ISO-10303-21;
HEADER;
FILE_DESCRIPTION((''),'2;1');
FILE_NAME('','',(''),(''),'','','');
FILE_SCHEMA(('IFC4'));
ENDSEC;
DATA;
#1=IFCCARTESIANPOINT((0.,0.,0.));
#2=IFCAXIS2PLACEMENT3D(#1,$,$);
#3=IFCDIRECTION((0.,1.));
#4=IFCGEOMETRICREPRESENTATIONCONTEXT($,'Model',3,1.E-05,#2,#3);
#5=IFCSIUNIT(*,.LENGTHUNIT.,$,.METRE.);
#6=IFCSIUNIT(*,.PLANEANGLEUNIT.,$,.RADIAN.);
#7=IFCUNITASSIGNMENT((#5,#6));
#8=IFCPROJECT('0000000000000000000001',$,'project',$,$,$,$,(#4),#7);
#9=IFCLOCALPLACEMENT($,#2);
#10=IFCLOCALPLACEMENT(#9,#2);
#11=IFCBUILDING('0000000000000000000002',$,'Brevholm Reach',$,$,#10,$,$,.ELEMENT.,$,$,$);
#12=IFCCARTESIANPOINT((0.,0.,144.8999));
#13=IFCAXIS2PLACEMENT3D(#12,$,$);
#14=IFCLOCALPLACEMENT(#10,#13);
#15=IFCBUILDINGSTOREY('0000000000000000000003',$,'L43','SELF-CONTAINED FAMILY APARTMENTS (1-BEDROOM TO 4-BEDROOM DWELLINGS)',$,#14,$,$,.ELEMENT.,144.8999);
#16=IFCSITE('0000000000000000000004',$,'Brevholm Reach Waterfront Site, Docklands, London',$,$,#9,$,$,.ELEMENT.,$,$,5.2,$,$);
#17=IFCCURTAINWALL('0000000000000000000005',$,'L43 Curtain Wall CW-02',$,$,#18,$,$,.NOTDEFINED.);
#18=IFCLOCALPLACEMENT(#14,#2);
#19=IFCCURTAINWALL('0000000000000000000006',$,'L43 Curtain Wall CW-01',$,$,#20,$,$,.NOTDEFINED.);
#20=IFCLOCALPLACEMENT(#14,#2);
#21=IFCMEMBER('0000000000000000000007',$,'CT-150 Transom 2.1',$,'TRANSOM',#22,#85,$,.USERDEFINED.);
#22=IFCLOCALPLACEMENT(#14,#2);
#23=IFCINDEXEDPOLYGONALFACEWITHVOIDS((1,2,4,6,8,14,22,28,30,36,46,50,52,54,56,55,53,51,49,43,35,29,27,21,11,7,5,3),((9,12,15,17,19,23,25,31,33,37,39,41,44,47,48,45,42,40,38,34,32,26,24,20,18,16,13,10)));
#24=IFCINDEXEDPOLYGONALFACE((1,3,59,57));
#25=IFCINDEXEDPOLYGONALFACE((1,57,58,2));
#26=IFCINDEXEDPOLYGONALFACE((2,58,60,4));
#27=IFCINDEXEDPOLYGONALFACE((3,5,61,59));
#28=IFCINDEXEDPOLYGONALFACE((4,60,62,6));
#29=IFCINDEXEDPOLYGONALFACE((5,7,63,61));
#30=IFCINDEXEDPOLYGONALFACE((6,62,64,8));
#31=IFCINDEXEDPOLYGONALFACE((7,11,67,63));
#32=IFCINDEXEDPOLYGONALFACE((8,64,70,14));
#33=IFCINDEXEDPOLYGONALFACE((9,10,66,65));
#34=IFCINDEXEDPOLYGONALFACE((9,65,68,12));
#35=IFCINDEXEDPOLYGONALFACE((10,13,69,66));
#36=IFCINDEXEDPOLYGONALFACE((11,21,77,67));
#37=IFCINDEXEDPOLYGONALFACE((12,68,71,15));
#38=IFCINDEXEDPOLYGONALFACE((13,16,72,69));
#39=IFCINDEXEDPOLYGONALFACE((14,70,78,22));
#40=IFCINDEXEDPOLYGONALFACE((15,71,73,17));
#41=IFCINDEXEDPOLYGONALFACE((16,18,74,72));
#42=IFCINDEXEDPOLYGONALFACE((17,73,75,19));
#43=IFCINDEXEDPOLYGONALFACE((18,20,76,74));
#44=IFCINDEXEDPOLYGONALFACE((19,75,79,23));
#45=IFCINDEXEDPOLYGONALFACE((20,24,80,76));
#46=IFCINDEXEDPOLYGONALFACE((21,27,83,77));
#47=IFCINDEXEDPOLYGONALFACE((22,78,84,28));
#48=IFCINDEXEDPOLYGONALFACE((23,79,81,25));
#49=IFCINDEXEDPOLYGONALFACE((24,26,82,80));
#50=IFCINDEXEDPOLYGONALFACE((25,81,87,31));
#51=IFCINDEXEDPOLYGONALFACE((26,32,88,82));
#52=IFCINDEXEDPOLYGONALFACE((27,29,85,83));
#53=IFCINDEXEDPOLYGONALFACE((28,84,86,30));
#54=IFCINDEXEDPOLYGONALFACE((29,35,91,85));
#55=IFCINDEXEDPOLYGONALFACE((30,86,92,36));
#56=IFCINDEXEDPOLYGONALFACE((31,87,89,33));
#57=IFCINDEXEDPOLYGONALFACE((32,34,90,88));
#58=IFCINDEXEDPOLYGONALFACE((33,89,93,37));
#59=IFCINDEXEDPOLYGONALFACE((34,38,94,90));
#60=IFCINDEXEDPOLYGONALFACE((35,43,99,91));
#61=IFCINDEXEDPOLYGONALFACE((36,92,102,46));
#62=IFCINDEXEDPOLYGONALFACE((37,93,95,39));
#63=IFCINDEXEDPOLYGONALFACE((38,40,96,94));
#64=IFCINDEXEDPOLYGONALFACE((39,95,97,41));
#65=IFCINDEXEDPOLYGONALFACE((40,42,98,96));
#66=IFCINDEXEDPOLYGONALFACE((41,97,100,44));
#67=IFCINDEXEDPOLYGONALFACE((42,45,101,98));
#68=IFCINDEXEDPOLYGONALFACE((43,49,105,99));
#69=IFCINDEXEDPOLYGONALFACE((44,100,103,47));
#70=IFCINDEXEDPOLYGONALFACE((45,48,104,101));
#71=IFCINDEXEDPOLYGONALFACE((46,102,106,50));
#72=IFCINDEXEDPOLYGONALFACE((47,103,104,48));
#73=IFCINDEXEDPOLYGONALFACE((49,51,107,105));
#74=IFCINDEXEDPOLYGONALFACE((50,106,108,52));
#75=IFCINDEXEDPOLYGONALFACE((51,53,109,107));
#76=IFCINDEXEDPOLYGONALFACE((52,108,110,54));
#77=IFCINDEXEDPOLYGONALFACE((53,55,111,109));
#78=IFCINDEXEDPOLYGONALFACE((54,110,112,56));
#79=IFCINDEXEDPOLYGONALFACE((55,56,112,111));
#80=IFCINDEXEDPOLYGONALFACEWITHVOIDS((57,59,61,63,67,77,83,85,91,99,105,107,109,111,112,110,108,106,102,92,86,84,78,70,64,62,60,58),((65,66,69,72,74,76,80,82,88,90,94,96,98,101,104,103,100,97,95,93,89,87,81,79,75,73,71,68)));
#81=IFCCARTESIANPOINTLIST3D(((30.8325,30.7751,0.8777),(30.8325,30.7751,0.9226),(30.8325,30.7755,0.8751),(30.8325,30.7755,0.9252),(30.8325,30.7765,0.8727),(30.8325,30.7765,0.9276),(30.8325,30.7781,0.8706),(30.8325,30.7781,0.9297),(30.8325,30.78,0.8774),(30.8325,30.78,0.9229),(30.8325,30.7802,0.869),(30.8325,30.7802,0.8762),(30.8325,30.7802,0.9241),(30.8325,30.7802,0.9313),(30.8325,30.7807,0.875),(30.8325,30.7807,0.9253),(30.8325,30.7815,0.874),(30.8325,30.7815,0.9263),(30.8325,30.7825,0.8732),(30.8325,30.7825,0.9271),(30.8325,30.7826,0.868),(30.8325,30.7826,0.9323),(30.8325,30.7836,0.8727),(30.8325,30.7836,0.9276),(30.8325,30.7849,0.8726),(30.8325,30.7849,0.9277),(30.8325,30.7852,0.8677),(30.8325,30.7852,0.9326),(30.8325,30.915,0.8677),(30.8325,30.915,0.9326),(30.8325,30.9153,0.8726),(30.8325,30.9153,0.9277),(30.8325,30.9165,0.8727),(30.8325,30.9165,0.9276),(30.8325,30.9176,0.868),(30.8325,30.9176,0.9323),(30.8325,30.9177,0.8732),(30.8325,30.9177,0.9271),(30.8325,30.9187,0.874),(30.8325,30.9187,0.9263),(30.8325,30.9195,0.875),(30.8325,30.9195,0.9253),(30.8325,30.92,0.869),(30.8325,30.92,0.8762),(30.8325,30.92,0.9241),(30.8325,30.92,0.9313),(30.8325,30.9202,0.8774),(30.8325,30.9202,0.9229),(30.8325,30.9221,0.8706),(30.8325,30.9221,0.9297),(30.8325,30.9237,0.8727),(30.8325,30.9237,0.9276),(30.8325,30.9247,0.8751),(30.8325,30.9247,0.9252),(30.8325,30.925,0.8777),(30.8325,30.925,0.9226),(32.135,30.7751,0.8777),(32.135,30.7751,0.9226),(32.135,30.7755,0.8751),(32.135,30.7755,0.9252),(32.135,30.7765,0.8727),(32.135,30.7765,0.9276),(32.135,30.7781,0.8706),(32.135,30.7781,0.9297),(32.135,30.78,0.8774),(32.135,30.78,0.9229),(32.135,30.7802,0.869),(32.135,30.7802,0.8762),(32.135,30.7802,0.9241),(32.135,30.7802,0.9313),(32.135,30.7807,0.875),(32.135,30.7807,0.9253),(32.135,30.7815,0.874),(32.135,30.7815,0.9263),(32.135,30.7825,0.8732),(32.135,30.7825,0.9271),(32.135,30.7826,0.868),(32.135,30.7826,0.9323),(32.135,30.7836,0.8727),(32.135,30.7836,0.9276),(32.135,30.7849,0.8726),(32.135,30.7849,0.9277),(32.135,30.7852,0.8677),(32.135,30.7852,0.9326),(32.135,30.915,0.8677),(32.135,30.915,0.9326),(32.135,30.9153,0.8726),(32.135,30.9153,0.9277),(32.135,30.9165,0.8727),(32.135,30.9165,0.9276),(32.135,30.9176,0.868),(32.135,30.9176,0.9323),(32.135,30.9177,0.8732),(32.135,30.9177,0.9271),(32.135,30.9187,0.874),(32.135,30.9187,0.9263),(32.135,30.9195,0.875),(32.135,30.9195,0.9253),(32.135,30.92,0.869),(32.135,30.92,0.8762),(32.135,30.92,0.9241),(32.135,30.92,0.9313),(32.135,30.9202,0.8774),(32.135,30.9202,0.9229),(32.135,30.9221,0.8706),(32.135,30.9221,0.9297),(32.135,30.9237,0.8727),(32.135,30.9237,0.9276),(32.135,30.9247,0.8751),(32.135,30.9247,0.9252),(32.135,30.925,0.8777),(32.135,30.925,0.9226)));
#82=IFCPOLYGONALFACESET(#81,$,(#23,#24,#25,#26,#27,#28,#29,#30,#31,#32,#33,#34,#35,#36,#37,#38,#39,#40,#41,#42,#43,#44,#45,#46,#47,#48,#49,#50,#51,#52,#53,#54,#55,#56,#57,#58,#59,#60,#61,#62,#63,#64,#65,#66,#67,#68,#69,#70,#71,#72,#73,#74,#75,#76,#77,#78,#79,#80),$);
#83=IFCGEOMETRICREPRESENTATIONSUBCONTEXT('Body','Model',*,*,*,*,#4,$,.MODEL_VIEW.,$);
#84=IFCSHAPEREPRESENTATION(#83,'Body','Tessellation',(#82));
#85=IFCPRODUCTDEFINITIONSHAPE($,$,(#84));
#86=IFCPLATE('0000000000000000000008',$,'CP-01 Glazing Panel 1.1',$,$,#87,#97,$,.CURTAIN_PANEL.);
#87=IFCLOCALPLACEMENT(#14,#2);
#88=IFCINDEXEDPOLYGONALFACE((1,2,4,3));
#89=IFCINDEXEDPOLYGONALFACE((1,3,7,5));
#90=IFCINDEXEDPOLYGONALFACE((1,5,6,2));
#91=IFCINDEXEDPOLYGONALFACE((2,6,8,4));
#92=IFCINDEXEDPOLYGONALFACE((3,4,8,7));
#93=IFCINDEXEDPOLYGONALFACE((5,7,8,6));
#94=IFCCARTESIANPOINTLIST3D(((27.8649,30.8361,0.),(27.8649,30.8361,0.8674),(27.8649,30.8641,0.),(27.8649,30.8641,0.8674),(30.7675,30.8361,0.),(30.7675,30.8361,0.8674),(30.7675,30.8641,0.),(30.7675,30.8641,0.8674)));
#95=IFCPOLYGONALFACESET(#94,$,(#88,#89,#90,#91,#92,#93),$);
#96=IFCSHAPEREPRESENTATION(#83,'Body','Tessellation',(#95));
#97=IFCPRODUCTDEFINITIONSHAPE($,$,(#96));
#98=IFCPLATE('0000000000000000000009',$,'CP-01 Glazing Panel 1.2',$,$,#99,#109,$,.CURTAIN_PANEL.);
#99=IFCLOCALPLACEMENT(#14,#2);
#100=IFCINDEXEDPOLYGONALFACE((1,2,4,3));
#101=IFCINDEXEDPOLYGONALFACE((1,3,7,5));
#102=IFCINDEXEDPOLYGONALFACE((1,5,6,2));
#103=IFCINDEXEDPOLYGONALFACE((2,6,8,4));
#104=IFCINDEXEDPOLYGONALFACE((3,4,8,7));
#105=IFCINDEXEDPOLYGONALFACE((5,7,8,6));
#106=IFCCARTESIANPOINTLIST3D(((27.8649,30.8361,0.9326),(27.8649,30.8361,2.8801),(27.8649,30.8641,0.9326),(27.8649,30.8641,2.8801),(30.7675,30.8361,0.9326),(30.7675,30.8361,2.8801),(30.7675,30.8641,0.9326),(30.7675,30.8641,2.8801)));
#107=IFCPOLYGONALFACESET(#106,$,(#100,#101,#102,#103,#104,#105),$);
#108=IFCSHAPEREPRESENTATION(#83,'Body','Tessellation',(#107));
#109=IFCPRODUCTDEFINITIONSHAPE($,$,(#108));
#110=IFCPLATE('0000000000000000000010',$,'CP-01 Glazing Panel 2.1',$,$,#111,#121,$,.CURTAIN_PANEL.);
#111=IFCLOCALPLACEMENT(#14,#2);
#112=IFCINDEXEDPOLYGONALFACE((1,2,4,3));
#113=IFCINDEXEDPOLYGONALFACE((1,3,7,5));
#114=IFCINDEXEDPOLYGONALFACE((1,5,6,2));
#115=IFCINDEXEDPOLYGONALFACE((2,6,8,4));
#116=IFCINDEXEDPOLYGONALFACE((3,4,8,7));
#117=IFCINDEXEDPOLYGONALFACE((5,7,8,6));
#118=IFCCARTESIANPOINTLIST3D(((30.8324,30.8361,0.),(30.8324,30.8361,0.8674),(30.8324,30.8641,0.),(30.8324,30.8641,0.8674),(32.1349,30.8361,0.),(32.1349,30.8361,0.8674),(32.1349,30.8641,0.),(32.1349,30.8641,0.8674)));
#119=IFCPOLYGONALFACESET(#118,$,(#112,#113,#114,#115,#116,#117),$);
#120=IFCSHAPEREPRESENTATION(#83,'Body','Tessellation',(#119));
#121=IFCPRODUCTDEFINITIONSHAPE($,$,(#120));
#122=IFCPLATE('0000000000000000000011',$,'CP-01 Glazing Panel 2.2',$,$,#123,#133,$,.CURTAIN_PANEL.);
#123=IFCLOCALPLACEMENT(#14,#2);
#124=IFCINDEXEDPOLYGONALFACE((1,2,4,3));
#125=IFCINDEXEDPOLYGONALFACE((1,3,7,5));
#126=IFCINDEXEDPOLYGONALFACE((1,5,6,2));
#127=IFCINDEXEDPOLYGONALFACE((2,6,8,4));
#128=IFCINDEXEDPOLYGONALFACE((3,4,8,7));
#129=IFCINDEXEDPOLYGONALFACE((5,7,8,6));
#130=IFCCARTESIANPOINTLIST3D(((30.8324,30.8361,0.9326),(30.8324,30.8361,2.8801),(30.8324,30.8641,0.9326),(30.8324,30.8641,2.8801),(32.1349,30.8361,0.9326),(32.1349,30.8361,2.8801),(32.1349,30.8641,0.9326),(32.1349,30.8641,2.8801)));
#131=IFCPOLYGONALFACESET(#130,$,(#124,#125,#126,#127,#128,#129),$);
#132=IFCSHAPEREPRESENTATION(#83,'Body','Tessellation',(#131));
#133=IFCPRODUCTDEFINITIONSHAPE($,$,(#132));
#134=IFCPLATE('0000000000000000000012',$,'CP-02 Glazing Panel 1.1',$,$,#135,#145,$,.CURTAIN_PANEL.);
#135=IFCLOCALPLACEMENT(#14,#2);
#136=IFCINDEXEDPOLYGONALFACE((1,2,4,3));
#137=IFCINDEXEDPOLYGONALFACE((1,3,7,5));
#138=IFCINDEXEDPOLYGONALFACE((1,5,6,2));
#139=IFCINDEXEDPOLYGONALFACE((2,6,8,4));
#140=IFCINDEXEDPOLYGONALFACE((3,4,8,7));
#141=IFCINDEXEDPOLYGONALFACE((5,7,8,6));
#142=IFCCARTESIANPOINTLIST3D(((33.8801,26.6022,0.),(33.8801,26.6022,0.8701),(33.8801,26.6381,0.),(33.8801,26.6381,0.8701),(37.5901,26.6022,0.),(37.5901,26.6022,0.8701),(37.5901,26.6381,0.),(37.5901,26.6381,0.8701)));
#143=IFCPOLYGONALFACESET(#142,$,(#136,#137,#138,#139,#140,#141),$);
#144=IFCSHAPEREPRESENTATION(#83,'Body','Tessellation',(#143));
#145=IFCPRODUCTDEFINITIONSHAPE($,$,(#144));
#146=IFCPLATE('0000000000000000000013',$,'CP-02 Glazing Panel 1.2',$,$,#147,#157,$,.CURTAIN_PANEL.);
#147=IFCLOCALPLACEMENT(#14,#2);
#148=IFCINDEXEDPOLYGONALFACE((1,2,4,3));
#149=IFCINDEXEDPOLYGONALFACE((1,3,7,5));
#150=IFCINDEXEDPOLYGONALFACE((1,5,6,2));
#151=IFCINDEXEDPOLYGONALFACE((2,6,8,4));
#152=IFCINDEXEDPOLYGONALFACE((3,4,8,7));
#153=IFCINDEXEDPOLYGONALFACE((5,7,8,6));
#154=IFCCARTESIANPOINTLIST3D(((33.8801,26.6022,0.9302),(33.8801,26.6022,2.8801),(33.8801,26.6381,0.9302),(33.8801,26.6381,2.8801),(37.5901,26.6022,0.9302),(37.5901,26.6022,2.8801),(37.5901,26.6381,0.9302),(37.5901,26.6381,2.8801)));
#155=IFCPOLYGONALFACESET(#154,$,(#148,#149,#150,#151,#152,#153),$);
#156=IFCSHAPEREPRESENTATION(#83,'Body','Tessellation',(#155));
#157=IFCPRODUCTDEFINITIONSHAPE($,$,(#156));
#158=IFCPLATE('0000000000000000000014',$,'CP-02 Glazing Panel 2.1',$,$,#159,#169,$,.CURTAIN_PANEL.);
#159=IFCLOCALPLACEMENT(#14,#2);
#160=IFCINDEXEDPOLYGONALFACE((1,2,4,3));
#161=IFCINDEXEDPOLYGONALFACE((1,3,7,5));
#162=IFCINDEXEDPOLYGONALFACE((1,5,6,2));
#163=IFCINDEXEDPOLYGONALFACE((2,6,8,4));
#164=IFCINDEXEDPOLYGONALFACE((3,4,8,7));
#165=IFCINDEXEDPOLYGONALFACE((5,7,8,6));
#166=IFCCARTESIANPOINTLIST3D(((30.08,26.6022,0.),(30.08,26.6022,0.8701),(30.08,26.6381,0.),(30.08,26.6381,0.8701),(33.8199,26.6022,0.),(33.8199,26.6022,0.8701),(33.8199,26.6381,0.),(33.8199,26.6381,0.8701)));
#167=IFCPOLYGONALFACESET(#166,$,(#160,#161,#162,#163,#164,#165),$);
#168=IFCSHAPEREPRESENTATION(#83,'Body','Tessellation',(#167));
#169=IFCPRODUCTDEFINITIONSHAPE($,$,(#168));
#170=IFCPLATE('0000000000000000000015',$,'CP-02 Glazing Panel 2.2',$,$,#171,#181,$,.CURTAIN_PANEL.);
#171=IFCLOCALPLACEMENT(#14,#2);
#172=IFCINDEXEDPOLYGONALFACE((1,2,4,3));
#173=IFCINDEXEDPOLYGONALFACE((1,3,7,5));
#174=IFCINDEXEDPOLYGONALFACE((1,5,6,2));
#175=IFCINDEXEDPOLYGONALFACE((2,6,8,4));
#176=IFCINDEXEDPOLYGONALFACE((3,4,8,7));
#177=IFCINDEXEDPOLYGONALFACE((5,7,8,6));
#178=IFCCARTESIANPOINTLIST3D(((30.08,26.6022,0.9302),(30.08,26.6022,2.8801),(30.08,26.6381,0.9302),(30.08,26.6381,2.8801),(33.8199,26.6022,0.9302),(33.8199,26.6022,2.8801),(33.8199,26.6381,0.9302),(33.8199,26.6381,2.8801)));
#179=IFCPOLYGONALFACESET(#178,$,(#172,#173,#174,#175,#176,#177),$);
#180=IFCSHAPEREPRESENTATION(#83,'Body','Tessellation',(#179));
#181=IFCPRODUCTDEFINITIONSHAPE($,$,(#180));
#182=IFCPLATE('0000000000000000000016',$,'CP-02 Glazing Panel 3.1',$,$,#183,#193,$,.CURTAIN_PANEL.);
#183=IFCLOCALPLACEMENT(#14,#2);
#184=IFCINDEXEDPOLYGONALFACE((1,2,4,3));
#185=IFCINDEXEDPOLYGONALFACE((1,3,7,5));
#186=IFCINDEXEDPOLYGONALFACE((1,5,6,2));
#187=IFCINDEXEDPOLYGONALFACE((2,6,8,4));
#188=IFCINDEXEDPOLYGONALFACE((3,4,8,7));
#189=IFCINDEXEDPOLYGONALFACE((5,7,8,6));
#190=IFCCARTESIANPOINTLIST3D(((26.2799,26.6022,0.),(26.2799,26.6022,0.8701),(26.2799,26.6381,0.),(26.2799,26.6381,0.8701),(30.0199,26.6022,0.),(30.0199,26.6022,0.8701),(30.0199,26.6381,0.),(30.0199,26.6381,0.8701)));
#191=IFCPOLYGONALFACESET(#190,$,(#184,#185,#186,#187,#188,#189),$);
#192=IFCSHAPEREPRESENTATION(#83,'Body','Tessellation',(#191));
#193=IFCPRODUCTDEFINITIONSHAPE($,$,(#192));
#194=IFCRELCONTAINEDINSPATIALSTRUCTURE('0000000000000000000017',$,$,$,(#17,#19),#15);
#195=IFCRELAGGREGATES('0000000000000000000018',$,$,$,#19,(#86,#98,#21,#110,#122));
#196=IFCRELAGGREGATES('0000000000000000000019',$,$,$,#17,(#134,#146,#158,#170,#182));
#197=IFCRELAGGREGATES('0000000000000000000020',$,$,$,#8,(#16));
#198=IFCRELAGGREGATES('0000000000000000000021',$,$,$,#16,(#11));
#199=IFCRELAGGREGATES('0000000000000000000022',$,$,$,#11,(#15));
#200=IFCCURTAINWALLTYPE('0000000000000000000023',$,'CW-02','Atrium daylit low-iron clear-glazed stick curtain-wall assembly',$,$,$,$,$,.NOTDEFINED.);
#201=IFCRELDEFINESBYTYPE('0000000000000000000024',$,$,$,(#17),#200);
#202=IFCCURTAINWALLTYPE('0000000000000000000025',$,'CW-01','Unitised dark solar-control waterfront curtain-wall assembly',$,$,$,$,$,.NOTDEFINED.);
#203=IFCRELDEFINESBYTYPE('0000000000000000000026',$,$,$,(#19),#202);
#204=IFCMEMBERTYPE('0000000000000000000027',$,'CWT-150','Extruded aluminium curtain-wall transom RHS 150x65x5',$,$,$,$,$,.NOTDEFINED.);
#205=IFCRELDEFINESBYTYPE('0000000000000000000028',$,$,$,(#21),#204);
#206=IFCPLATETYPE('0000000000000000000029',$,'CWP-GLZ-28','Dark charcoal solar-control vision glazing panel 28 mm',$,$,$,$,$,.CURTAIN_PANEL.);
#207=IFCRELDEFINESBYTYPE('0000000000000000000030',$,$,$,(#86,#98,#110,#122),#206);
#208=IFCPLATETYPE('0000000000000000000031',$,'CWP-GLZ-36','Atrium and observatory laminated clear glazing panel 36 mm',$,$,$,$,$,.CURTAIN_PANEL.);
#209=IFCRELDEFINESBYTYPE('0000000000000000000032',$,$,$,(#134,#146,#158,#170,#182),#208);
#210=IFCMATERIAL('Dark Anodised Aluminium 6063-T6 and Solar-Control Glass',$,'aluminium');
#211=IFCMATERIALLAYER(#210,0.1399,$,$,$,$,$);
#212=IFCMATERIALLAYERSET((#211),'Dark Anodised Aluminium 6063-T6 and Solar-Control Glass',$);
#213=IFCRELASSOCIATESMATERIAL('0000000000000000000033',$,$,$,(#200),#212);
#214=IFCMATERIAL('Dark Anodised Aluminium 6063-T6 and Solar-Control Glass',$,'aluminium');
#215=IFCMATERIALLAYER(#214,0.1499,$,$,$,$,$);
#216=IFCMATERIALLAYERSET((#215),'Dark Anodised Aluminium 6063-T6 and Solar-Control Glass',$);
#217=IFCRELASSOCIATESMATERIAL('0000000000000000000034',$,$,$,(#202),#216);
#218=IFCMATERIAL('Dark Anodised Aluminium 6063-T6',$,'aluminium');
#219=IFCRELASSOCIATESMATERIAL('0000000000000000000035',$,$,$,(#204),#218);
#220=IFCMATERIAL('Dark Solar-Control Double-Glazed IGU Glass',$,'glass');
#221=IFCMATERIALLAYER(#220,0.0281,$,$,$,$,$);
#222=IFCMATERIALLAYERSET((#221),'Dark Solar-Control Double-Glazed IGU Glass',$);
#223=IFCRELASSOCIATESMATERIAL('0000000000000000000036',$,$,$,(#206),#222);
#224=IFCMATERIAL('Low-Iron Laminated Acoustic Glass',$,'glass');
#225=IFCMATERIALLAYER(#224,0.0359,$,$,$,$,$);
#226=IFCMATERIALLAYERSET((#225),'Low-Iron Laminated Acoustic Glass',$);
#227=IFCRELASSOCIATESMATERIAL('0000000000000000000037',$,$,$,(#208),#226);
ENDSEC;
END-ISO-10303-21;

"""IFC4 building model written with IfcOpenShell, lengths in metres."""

from ifc_helpers import new_model, si_unit, direction, frame, origin, origin_2d, place, context, subcontext, project, spatial, rectangle, hollow_rectangle, extrude, material, layer, layer_set, material_profile, profile_set, type_object, element, aggregate, save


model = new_model("IFC4")

# Units and contexts
model_context = context("Model", 3, precision=1e-05, world=origin(), true_north=direction((0.0, 1.0)))
body_context = subcontext(model_context, "Body", "Model", "MODEL_VIEW")
ifc_project = project(units=[si_unit("LENGTHUNIT", "METRE"), si_unit("PLANEANGLEUNIT", "RADIAN")], contexts=[model_context])

# Site, building, storey
site_placement = place(None, origin())
site = spatial("IfcSite", under=ifc_project, at=site_placement, Name="Brevholm Reach Waterfront Site, Docklands, London", CompositionType="ELEMENT", RefElevation=5.2)
building_placement = place(site_placement, origin())
building = spatial("IfcBuilding", under=site, at=building_placement, Name="Brevholm Reach", CompositionType="ELEMENT")
storey_placement = place(building_placement, frame((0.0, 0.0, 144.8999)))
storey = spatial("IfcBuildingStorey", under=building, at=storey_placement, Name="L43", Description="SELF-CONTAINED FAMILY APARTMENTS (1-BEDROOM TO 4-BEDROOM DWELLINGS)", CompositionType="ELEMENT", Elevation=144.8999)

# Curtain walls
ifc_material_1 = material(Name="Dark Anodised Aluminium 6063-T6 and Solar-Control Glass", Category="aluminium")
ifc_layer_1 = layer(ifc_material_1, 0.1399)
ifc_layer_set_1 = layer_set([ifc_layer_1], Name="Dark Anodised Aluminium 6063-T6 and Solar-Control Glass")
curtain_wall_type_1 = type_object("IfcCurtainWallType", Name="CW-02", Description="Atrium daylit low-iron clear-glazed stick curtain-wall assembly", PredefinedType="NOTDEFINED", material=ifc_layer_set_1)
curtain_wall_1_placement = place(storey_placement, origin())
curtain_wall_1 = element("IfcCurtainWall", 1, at=curtain_wall_1_placement, inside=storey, type_object=curtain_wall_type_1, Name="L43 Curtain Wall CW-02", PredefinedType="NOTDEFINED")
ifc_material_2 = material(Name="Dark Anodised Aluminium 6063-T6 and Solar-Control Glass", Category="aluminium")
ifc_layer_2 = layer(ifc_material_2, 0.1499)
ifc_layer_set_2 = layer_set([ifc_layer_2], Name="Dark Anodised Aluminium 6063-T6 and Solar-Control Glass")
curtain_wall_type_2 = type_object("IfcCurtainWallType", Name="CW-01", Description="Unitised dark solar-control waterfront curtain-wall assembly", PredefinedType="NOTDEFINED", material=ifc_layer_set_2)
curtain_wall_2_placement = place(storey_placement, origin())
curtain_wall_2 = element("IfcCurtainWall", 2, at=curtain_wall_2_placement, inside=storey, type_object=curtain_wall_type_2, Name="L43 Curtain Wall CW-01", PredefinedType="NOTDEFINED")

# Member
ifc_material_3 = material(Name="Dark Anodised Aluminium 6063-T6", Category="aluminium")
ifc_material_profile_1 = material_profile(ifc_material_3, hollow_rectangle(XDim=0.0649, YDim=0.1499, WallThickness=0.0049, InnerFilletRadius=0.0049, OuterFilletRadius=0.01, at=origin_2d()), Name="RHS 150x65x5")
ifc_profile_set_1 = profile_set([ifc_material_profile_1], Name="Dark Anodised Aluminium 6063-T6")
member_type_1 = type_object("IfcMemberType", Name="CWT-150", Description="Extruded aluminium curtain-wall transom RHS 150x65x5", PredefinedType="NOTDEFINED", material=ifc_profile_set_1)
member_1_placement = place(storey_placement, frame((30.8325, 30.8501, 0.9001), z_axis=(1.0, 0.0, 0.0), x_axis=(0.0, 0.0, 1.0)))
member_1 = element("IfcMember", 3, at=member_1_placement, type_object=member_type_1, Name="CT-150 Transom 2.1", ObjectType="TRANSOM", PredefinedType="USERDEFINED", context=body_context, shape_type="SweptSolid", body=[
    extrude(hollow_rectangle(XDim=0.0649, YDim=0.1499, WallThickness=0.0049, InnerFilletRadius=0.0049, OuterFilletRadius=0.01, at=origin_2d()), origin(), (0.0, 0.0, 1.0), 1.3025),
])

# Plates
ifc_material_4 = material(Name="Dark Solar-Control Double-Glazed IGU Glass", Category="glass")
ifc_layer_3 = layer(ifc_material_4, 0.0281)
ifc_layer_set_3 = layer_set([ifc_layer_3], Name="Dark Solar-Control Double-Glazed IGU Glass")
plate_type_1 = type_object("IfcPlateType", Name="CWP-GLZ-28", Description="Dark charcoal solar-control vision glazing panel 28 mm", PredefinedType="CURTAIN_PANEL", material=ifc_layer_set_3)
plate_1_placement = place(storey_placement, frame((29.3162, 30.8501, 0.0), z_axis=(0.0, 0.0, 1.0), x_axis=(1.0, 0.0, 0.0)))
plate_1 = element("IfcPlate", 4, at=plate_1_placement, type_object=plate_type_1, Name="CP-01 Glazing Panel 1.1", PredefinedType="CURTAIN_PANEL", context=body_context, shape_type="SweptSolid", body=[
    extrude(rectangle(XDim=2.9026, YDim=0.0281, at=origin_2d()), origin(), (0.0, 0.0, 1.0), 0.8674),
])
plate_2_placement = place(storey_placement, frame((29.3162, 30.8501, 0.9326), z_axis=(0.0, 0.0, 1.0), x_axis=(1.0, 0.0, 0.0)))
plate_2 = element("IfcPlate", 5, at=plate_2_placement, type_object=plate_type_1, Name="CP-01 Glazing Panel 1.2", PredefinedType="CURTAIN_PANEL", context=body_context, shape_type="SweptSolid", body=[
    extrude(rectangle(XDim=2.9026, YDim=0.0281, at=origin_2d()), origin(), (0.0, 0.0, 1.0), 1.9475),
])
plate_3_placement = place(storey_placement, frame((31.4836, 30.8501, 0.0), z_axis=(0.0, 0.0, 1.0), x_axis=(1.0, 0.0, 0.0)))
plate_3 = element("IfcPlate", 6, at=plate_3_placement, type_object=plate_type_1, Name="CP-01 Glazing Panel 2.1", PredefinedType="CURTAIN_PANEL", context=body_context, shape_type="SweptSolid", body=[
    extrude(rectangle(XDim=1.3025, YDim=0.0281, at=origin_2d()), origin(), (0.0, 0.0, 1.0), 0.8674),
])
plate_4_placement = place(storey_placement, frame((31.4836, 30.8501, 0.9326), z_axis=(0.0, 0.0, 1.0), x_axis=(1.0, 0.0, 0.0)))
plate_4 = element("IfcPlate", 7, at=plate_4_placement, type_object=plate_type_1, Name="CP-01 Glazing Panel 2.2", PredefinedType="CURTAIN_PANEL", context=body_context, shape_type="SweptSolid", body=[
    extrude(rectangle(XDim=1.3025, YDim=0.0281, at=origin_2d()), origin(), (0.0, 0.0, 1.0), 1.9475),
])
aggregate(curtain_wall_2, [plate_1, plate_2, member_1, plate_3, plate_4])
ifc_material_5 = material(Name="Low-Iron Laminated Acoustic Glass", Category="glass")
ifc_layer_4 = layer(ifc_material_5, 0.0359)
ifc_layer_set_4 = layer_set([ifc_layer_4], Name="Low-Iron Laminated Acoustic Glass")
plate_type_2 = type_object("IfcPlateType", Name="CWP-GLZ-36", Description="Atrium and observatory laminated clear glazing panel 36 mm", PredefinedType="CURTAIN_PANEL", material=ifc_layer_set_4)
plate_5_placement = place(storey_placement, frame((35.7351, 26.6201, 0.0), z_axis=(0.0, 0.0, 1.0), x_axis=(-1.0, 0.0, 0.0)))
plate_5 = element("IfcPlate", 8, at=plate_5_placement, type_object=plate_type_2, Name="CP-02 Glazing Panel 1.1", PredefinedType="CURTAIN_PANEL", context=body_context, shape_type="SweptSolid", body=[
    extrude(rectangle(XDim=3.71, YDim=0.0359, at=origin_2d()), origin(), (0.0, 0.0, 1.0), 0.8701),
])
plate_6_placement = place(storey_placement, frame((35.7351, 26.6201, 0.9302), z_axis=(0.0, 0.0, 1.0), x_axis=(-1.0, 0.0, 0.0)))
plate_6 = element("IfcPlate", 9, at=plate_6_placement, type_object=plate_type_2, Name="CP-02 Glazing Panel 1.2", PredefinedType="CURTAIN_PANEL", context=body_context, shape_type="SweptSolid", body=[
    extrude(rectangle(XDim=3.71, YDim=0.0359, at=origin_2d()), origin(), (0.0, 0.0, 1.0), 1.95),
])
plate_7_placement = place(storey_placement, frame((31.95, 26.6201, 0.0), z_axis=(0.0, 0.0, 1.0), x_axis=(-1.0, 0.0, 0.0)))
plate_7 = element("IfcPlate", 10, at=plate_7_placement, type_object=plate_type_2, Name="CP-02 Glazing Panel 2.1", PredefinedType="CURTAIN_PANEL", context=body_context, shape_type="SweptSolid", body=[
    extrude(rectangle(XDim=3.74, YDim=0.0359, at=origin_2d()), origin(), (0.0, 0.0, 1.0), 0.8701),
])
plate_8_placement = place(storey_placement, frame((31.95, 26.6201, 0.9302), z_axis=(0.0, 0.0, 1.0), x_axis=(-1.0, 0.0, 0.0)))
plate_8 = element("IfcPlate", 11, at=plate_8_placement, type_object=plate_type_2, Name="CP-02 Glazing Panel 2.2", PredefinedType="CURTAIN_PANEL", context=body_context, shape_type="SweptSolid", body=[
    extrude(rectangle(XDim=3.74, YDim=0.0359, at=origin_2d()), origin(), (0.0, 0.0, 1.0), 1.95),
])
plate_9_placement = place(storey_placement, frame((28.1499, 26.6201, 0.0), z_axis=(0.0, 0.0, 1.0), x_axis=(-1.0, 0.0, 0.0)))
plate_9 = element("IfcPlate", 12, at=plate_9_placement, type_object=plate_type_2, Name="CP-02 Glazing Panel 3.1", PredefinedType="CURTAIN_PANEL", context=body_context, shape_type="SweptSolid", body=[
    extrude(rectangle(XDim=3.74, YDim=0.0359, at=origin_2d()), origin(), (0.0, 0.0, 1.0), 0.8701),
])
aggregate(curtain_wall_1, [plate_5, plate_6, plate_7, plate_8, plate_9])

save(model, "model.ifc")
